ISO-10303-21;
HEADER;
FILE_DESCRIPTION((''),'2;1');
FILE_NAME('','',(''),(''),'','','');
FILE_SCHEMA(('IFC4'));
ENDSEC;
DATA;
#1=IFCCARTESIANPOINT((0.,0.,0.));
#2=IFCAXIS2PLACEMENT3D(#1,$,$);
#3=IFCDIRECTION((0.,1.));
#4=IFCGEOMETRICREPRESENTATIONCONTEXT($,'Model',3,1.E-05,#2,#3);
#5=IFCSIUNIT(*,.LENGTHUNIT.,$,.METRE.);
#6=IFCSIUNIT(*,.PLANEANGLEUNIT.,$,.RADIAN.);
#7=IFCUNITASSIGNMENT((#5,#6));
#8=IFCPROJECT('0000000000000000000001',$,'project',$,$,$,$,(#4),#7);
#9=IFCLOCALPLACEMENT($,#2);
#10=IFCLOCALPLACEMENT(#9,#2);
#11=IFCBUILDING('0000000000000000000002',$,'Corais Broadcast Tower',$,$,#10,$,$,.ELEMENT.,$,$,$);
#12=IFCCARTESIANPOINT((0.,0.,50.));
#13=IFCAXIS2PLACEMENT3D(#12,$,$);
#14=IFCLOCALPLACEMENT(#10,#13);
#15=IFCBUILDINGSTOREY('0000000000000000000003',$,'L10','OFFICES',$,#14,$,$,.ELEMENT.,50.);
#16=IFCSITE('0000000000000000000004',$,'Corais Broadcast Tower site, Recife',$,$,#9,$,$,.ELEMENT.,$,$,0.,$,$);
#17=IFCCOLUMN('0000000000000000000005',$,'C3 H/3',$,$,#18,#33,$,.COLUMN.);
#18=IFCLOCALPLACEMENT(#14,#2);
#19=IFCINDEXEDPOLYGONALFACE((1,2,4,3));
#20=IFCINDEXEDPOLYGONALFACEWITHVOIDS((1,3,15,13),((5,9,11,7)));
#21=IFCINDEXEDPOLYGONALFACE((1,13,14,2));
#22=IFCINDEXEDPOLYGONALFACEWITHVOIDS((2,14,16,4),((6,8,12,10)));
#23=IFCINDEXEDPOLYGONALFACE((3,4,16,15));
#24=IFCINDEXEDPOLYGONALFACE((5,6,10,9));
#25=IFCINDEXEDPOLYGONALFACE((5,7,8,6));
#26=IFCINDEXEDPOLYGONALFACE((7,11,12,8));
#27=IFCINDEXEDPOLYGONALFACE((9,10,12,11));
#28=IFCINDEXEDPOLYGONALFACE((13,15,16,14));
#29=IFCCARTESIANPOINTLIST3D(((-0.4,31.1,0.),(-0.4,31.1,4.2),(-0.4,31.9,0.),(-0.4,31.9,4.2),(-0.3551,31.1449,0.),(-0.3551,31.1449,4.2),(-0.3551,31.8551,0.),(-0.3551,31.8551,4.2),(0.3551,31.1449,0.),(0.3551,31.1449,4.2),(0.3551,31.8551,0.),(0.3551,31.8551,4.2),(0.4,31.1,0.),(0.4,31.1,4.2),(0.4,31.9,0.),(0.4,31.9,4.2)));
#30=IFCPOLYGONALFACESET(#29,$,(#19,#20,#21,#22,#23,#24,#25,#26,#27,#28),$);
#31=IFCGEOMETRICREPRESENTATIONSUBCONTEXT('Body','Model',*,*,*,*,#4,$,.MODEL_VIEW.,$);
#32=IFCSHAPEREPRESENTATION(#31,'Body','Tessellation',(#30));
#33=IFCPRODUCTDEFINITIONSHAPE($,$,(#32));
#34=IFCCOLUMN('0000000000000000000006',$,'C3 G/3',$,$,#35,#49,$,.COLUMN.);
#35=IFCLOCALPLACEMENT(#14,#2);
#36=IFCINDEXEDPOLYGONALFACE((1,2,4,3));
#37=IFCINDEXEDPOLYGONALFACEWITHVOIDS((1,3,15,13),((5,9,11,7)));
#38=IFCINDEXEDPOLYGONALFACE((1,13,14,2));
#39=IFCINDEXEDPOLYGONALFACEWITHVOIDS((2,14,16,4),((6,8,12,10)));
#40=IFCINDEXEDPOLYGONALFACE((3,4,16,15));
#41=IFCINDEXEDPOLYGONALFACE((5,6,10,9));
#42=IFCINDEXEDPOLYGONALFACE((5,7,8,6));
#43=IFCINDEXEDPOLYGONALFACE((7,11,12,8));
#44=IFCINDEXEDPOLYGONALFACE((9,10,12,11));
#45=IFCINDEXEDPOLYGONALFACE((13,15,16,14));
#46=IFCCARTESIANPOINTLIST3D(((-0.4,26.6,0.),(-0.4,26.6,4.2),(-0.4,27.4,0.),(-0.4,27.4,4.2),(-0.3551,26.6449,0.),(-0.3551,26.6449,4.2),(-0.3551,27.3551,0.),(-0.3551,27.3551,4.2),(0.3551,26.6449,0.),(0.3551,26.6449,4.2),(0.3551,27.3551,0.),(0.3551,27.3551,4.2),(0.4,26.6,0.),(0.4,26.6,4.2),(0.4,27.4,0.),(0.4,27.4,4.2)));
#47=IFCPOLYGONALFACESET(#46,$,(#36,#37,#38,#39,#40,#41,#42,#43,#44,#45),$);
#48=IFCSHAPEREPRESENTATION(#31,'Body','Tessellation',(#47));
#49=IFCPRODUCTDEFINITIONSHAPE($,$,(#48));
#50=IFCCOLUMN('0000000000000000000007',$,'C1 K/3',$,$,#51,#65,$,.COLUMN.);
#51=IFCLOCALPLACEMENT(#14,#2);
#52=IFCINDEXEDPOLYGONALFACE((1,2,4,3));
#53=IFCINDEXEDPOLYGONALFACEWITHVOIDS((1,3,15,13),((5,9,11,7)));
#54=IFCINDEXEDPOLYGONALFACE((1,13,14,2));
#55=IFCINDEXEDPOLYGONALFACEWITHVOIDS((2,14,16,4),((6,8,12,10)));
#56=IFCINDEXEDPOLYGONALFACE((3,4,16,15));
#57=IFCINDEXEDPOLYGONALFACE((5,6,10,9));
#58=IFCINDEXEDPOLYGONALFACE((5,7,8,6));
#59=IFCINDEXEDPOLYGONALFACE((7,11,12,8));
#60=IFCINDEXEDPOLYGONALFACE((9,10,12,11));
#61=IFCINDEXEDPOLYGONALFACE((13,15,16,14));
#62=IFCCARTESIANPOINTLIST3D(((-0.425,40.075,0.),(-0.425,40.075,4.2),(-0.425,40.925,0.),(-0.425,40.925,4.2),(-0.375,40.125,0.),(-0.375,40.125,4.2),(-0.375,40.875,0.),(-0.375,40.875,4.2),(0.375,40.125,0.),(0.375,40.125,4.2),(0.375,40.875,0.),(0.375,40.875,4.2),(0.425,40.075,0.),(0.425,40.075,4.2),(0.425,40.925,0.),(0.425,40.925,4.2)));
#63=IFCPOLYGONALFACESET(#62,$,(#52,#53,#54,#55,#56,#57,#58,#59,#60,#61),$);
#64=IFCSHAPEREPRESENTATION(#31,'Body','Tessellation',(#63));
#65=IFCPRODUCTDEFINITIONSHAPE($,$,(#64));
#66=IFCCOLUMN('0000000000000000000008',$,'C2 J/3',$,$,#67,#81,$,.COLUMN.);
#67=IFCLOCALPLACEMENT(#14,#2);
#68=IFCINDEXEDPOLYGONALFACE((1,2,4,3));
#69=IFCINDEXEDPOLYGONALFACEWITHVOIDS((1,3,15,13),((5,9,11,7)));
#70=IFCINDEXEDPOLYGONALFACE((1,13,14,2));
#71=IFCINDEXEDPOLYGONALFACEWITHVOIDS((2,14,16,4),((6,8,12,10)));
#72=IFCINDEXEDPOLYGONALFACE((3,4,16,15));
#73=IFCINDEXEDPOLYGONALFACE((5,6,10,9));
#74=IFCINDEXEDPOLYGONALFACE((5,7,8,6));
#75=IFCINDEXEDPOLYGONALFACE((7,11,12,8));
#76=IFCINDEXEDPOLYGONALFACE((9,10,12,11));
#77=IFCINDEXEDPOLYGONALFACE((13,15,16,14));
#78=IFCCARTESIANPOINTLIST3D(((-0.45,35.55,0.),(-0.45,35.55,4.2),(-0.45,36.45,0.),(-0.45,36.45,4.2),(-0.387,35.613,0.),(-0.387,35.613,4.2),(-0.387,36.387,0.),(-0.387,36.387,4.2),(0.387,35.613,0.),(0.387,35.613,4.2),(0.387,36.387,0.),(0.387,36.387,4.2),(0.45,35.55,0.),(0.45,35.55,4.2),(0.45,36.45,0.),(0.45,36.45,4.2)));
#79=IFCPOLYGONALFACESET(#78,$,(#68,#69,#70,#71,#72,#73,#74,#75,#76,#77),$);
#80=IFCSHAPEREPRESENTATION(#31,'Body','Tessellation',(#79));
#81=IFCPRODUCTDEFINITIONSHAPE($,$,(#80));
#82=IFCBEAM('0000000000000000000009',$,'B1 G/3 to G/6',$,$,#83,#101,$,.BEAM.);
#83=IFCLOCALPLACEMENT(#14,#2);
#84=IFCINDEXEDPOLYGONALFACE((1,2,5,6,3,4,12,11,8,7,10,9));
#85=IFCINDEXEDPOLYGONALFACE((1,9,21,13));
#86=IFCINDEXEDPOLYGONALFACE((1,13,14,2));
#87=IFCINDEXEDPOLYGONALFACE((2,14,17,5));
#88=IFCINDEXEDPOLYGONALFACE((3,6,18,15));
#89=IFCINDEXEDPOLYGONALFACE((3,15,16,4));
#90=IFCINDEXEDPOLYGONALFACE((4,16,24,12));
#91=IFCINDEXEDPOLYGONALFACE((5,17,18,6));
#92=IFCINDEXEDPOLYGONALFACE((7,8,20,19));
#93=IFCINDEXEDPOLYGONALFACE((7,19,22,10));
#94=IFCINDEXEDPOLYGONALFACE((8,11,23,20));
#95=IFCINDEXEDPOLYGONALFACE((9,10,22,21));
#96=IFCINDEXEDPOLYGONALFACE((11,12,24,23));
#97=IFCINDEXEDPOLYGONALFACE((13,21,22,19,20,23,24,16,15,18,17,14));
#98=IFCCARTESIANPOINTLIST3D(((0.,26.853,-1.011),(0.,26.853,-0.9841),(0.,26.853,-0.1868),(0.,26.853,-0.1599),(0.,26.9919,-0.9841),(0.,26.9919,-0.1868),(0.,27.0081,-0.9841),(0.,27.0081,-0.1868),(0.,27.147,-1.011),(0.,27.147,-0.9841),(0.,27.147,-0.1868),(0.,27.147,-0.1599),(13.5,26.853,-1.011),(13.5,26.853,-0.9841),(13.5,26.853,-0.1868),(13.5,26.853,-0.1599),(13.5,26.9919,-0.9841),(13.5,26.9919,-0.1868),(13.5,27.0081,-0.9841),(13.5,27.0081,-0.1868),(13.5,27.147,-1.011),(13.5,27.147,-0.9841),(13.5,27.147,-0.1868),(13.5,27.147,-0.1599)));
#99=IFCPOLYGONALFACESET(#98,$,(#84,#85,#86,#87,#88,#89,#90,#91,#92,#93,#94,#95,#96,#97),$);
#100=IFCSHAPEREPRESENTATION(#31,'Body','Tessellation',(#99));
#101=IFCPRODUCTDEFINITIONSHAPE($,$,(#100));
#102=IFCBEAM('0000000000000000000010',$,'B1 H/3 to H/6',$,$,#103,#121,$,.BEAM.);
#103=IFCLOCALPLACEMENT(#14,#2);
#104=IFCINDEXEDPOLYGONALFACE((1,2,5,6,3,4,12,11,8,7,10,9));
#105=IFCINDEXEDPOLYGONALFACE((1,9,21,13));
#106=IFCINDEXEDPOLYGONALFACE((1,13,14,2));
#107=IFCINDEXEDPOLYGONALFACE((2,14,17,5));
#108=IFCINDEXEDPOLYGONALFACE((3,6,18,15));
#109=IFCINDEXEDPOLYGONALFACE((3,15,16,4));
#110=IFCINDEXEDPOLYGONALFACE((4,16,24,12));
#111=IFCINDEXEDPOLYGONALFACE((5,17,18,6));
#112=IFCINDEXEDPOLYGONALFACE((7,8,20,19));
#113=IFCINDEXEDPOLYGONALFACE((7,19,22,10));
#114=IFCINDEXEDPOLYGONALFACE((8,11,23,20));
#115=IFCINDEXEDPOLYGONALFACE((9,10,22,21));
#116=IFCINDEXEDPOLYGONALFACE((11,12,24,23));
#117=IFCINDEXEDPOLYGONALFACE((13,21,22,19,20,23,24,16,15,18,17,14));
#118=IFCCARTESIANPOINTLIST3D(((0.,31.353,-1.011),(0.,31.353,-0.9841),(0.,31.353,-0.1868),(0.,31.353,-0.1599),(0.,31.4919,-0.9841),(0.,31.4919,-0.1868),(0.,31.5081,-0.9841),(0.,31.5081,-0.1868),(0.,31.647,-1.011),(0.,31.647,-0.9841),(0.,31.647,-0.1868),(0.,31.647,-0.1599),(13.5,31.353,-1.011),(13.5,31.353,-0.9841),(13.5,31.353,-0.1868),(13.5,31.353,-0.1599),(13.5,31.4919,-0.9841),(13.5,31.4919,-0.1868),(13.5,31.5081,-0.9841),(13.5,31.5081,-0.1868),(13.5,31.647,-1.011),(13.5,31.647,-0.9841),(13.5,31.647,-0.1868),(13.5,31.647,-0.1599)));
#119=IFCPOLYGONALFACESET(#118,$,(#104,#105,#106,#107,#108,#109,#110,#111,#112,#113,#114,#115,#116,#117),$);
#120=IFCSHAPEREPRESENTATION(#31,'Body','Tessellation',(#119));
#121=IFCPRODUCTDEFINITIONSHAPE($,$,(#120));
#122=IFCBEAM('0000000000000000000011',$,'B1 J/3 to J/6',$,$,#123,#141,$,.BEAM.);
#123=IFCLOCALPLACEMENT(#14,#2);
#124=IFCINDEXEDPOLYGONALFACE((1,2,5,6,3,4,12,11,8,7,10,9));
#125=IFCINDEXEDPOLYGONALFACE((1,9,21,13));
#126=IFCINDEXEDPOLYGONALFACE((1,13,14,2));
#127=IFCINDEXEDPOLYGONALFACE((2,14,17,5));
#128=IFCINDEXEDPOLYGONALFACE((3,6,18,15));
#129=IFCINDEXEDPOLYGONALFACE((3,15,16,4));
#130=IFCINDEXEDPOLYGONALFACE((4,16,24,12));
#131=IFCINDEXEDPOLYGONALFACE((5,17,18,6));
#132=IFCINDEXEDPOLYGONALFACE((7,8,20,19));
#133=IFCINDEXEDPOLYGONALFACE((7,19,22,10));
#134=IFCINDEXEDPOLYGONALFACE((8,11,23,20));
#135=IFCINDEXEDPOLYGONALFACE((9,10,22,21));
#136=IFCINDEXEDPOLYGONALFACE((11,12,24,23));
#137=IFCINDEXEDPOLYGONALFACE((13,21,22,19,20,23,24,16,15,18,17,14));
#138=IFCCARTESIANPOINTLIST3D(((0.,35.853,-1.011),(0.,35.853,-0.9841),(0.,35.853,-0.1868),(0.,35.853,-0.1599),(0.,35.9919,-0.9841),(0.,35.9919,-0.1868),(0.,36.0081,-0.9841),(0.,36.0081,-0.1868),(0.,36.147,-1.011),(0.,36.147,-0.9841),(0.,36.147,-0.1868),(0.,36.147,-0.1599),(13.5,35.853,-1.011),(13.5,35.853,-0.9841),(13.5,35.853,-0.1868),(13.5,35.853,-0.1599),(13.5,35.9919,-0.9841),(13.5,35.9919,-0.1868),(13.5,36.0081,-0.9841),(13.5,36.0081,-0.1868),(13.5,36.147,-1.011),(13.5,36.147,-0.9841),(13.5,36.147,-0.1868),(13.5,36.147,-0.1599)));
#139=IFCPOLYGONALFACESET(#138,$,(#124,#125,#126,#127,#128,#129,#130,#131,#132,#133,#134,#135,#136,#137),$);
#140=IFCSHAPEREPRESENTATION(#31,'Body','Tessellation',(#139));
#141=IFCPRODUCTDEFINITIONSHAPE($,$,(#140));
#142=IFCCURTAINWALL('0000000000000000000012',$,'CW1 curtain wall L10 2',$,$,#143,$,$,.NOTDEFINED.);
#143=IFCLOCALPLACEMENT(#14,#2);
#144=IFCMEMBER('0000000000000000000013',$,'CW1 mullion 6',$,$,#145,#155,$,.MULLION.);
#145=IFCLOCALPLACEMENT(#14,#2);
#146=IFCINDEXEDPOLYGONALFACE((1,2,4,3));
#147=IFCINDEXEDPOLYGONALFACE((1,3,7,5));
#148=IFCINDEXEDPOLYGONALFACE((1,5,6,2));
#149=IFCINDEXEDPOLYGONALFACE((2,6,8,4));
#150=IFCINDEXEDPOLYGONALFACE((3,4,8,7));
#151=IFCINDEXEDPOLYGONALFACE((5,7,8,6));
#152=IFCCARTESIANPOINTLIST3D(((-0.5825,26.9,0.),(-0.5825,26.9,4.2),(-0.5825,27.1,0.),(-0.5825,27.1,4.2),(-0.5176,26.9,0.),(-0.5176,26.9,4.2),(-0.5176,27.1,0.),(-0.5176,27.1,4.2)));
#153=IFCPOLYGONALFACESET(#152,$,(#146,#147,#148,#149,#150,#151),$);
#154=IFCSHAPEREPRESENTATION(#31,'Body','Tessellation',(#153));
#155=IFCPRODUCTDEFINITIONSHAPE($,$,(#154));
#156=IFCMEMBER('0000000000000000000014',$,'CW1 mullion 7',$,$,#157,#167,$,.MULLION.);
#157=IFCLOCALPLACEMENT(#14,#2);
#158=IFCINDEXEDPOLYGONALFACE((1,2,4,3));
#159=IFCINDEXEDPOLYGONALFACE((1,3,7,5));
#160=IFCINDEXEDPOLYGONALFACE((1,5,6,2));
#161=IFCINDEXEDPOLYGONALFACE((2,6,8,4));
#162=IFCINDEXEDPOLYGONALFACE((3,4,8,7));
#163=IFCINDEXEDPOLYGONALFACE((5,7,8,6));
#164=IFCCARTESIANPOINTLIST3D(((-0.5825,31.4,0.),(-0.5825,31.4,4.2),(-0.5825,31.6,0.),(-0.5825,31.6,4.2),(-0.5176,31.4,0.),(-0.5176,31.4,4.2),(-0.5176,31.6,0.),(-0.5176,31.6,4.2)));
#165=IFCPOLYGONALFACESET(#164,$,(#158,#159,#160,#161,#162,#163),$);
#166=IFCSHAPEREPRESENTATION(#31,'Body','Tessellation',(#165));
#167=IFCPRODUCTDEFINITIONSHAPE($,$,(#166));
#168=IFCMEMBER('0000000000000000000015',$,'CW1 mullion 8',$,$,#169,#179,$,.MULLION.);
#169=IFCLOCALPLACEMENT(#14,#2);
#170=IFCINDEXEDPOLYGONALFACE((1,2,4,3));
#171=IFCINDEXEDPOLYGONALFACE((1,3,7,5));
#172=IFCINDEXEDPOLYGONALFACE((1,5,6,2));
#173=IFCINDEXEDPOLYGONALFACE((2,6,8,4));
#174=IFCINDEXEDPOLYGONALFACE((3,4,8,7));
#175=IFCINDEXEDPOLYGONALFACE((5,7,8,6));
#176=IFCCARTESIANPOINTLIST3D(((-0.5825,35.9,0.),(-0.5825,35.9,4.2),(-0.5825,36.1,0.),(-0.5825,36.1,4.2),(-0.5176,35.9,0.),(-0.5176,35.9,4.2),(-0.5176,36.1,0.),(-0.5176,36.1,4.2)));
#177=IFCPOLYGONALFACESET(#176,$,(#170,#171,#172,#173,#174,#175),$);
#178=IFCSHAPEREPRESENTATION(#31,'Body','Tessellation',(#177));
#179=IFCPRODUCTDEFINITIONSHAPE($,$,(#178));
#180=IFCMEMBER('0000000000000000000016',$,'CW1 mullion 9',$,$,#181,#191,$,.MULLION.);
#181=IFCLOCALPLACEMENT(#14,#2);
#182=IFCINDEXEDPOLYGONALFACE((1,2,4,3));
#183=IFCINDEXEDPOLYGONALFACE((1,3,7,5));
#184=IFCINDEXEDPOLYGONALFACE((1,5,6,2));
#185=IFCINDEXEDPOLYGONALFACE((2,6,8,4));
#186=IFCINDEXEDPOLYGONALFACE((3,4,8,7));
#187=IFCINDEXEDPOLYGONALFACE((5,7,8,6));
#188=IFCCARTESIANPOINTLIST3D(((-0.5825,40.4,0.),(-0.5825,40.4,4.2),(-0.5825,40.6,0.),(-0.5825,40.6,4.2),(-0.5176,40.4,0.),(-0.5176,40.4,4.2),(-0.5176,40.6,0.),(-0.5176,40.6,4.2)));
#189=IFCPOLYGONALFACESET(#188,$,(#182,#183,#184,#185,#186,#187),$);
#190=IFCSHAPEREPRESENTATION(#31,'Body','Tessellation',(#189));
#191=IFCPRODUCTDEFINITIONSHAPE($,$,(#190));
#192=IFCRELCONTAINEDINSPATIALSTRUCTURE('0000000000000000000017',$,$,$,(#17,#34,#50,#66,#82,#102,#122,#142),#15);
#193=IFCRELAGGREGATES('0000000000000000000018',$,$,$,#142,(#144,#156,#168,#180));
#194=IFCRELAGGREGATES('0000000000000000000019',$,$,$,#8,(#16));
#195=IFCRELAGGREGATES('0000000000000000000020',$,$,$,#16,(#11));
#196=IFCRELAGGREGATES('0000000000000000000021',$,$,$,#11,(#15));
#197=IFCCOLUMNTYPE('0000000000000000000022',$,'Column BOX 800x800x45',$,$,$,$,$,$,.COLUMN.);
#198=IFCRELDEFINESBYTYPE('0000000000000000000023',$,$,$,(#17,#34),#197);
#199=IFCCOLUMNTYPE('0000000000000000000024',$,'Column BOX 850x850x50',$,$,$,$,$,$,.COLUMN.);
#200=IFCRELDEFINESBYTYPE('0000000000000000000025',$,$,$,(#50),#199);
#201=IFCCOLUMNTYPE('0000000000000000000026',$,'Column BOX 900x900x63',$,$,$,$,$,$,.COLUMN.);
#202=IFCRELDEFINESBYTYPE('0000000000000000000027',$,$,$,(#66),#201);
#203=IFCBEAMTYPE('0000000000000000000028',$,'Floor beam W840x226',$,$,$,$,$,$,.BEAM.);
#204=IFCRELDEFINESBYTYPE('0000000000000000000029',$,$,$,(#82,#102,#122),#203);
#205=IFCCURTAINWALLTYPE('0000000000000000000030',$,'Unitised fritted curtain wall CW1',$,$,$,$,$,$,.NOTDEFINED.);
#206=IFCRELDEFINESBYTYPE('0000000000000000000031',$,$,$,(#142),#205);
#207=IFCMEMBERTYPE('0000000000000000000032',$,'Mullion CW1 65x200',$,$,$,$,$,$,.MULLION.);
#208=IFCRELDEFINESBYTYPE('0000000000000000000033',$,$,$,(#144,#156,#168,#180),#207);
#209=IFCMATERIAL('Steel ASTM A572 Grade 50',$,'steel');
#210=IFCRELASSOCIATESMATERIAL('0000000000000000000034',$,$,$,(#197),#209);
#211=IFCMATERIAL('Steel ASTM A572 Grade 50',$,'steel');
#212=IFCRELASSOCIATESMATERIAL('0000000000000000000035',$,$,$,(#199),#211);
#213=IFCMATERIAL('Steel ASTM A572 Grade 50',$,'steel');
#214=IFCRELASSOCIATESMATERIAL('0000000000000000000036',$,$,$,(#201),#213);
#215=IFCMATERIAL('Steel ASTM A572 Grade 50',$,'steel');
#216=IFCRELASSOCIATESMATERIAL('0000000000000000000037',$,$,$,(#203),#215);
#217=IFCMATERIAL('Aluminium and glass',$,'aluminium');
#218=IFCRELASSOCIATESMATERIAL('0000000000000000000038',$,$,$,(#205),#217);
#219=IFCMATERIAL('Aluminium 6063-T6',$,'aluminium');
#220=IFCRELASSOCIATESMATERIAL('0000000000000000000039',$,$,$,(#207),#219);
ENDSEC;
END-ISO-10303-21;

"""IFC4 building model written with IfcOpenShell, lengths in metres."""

from ifc_helpers import new_model, si_unit, direction, frame, origin, origin_2d, place, context, subcontext, project, spatial, rectangle, hollow_rectangle, i_section, extrude, material, material_profile, profile_set, type_object, element, aggregate, save


model = new_model("IFC4")

# Units and contexts
model_context = context("Model", 3, precision=1e-05, world=origin(), true_north=direction((0.0, 1.0)))
body_context = subcontext(model_context, "Body", "Model", "MODEL_VIEW")
ifc_project = project(units=[si_unit("LENGTHUNIT", "METRE"), si_unit("PLANEANGLEUNIT", "RADIAN")], contexts=[model_context])

# Site, building, storey
site_placement = place(None, origin())
site = spatial("IfcSite", under=ifc_project, at=site_placement, Name="Corais Broadcast Tower site, Recife", CompositionType="ELEMENT", RefElevation=0.0)
building_placement = place(site_placement, origin())
building = spatial("IfcBuilding", under=site, at=building_placement, Name="Corais Broadcast Tower", CompositionType="ELEMENT")
storey_placement = place(building_placement, frame((0.0, 0.0, 50.0)))
storey = spatial("IfcBuildingStorey", under=building, at=storey_placement, Name="L10", Description="OFFICES", CompositionType="ELEMENT", Elevation=50.0)

# Columns
ifc_material_1 = material(Name="Steel ASTM A572 Grade 50", Category="steel")
ifc_material_profile_1 = material_profile(ifc_material_1, hollow_rectangle(XDim=0.8, YDim=0.8, WallThickness=0.0449, at=origin_2d()), Name="BOX 800x800x45")
ifc_profile_set_1 = profile_set([ifc_material_profile_1], Name="Steel ASTM A572 Grade 50")
column_type_1 = type_object("IfcColumnType", Name="Column BOX 800x800x45", PredefinedType="COLUMN", material=ifc_profile_set_1)
for number, where, z_axis, x_axis, name in (
    (1, (0.0, 31.5, 0.0), (0.0, 0.0, 1.0), (1.0, 0.0, 0.0), "C3 H/3"),
    (2, (0.0, 27.0, 0.0), (0.0, 0.0, 1.0), (1.0, 0.0, 0.0), "C3 G/3"),
):
    element("IfcColumn", number, at=place(storey_placement, frame(where, z_axis=z_axis, x_axis=x_axis)), inside=storey, type_object=column_type_1, Name=name, PredefinedType="COLUMN", context=body_context, shape_type="SweptSolid", body=[
        extrude(hollow_rectangle(XDim=0.8, YDim=0.8, WallThickness=0.0449, at=origin_2d()), origin(), (0.0, 0.0, 1.0), 4.2),
    ])
ifc_material_2 = material(Name="Steel ASTM A572 Grade 50", Category="steel")
ifc_material_profile_2 = material_profile(ifc_material_2, hollow_rectangle(XDim=0.8501, YDim=0.8501, WallThickness=0.05, at=origin_2d()), Name="BOX 850x850x50")
ifc_profile_set_2 = profile_set([ifc_material_profile_2], Name="Steel ASTM A572 Grade 50")
column_type_2 = type_object("IfcColumnType", Name="Column BOX 850x850x50", PredefinedType="COLUMN", material=ifc_profile_set_2)
column_1_placement = place(storey_placement, frame((0.0, 40.5, 0.0), z_axis=(0.0, 0.0, 1.0), x_axis=(1.0, 0.0, 0.0)))
element("IfcColumn", 3, at=column_1_placement, inside=storey, type_object=column_type_2, Name="C1 K/3", PredefinedType="COLUMN", context=body_context, shape_type="SweptSolid", body=[
    extrude(hollow_rectangle(XDim=0.8501, YDim=0.8501, WallThickness=0.05, at=origin_2d()), origin(), (0.0, 0.0, 1.0), 4.2),
])
ifc_material_3 = material(Name="Steel ASTM A572 Grade 50", Category="steel")
ifc_material_profile_3 = material_profile(ifc_material_3, hollow_rectangle(XDim=0.8999, YDim=0.8999, WallThickness=0.063, at=origin_2d()), Name="BOX 900x900x63")
ifc_profile_set_3 = profile_set([ifc_material_profile_3], Name="Steel ASTM A572 Grade 50")
column_type_3 = type_object("IfcColumnType", Name="Column BOX 900x900x63", PredefinedType="COLUMN", material=ifc_profile_set_3)
column_2_placement = place(storey_placement, frame((0.0, 36.0, 0.0), z_axis=(0.0, 0.0, 1.0), x_axis=(1.0, 0.0, 0.0)))
element("IfcColumn", 4, at=column_2_placement, inside=storey, type_object=column_type_3, Name="C2 J/3", PredefinedType="COLUMN", context=body_context, shape_type="SweptSolid", body=[
    extrude(hollow_rectangle(XDim=0.8999, YDim=0.8999, WallThickness=0.063, at=origin_2d()), origin(), (0.0, 0.0, 1.0), 4.2),
])

# Beams
ifc_material_4 = material(Name="Steel ASTM A572 Grade 50", Category="steel")
ifc_material_profile_4 = material_profile(ifc_material_4, i_section(OverallWidth=0.2939, OverallDepth=0.8511, WebThickness=0.0161, FlangeThickness=0.0269, at=origin_2d()), Name="W840x226")
ifc_profile_set_4 = profile_set([ifc_material_profile_4], Name="Steel ASTM A572 Grade 50")
beam_type_1 = type_object("IfcBeamType", Name="Floor beam W840x226", PredefinedType="BEAM", material=ifc_profile_set_4)
for number, where, z_axis, x_axis, name in (
    (5, (0.0, 27.0, -0.5854), (1.0, 0.0, 0.0), (0.0, 1.0, 0.0), "B1 G/3 to G/6"),
    (6, (0.0, 31.5, -0.5854), (1.0, 0.0, 0.0), (0.0, 1.0, 0.0), "B1 H/3 to H/6"),
    (7, (0.0, 36.0, -0.5854), (1.0, 0.0, 0.0), (0.0, 1.0, 0.0), "B1 J/3 to J/6"),
):
    element("IfcBeam", number, at=place(storey_placement, frame(where, z_axis=z_axis, x_axis=x_axis)), inside=storey, type_object=beam_type_1, Name=name, PredefinedType="BEAM", context=body_context, shape_type="SweptSolid", body=[
        extrude(i_section(OverallWidth=0.2939, OverallDepth=0.8511, WebThickness=0.0161, FlangeThickness=0.0269, at=origin_2d()), origin(), (0.0, 0.0, 1.0), 13.5),
    ])

# Curtain wall, members
ifc_material_5 = material(Name="Aluminium and glass", Category="aluminium")
curtain_wall_type = type_object("IfcCurtainWallType", Name="Unitised fritted curtain wall CW1", PredefinedType="NOTDEFINED", material=ifc_material_5)
curtain_wall_placement = place(storey_placement, origin())
curtain_wall = element("IfcCurtainWall", 8, at=curtain_wall_placement, inside=storey, type_object=curtain_wall_type, Name="CW1 curtain wall L10 2", PredefinedType="NOTDEFINED")
ifc_material_6 = material(Name="Aluminium 6063-T6", Category="aluminium")
ifc_material_profile_5 = material_profile(ifc_material_6, rectangle(XDim=0.0649, YDim=0.2, at=origin_2d()), Name="Mullion CW1 65x200")
ifc_profile_set_5 = profile_set([ifc_material_profile_5], Name="Aluminium 6063-T6")
member_type_1 = type_object("IfcMemberType", Name="Mullion CW1 65x200", PredefinedType="MULLION", material=ifc_profile_set_5)
member_1_placement = place(storey_placement, frame((-0.55, 27.0, 0.0), z_axis=(0.0, 0.0, 1.0), x_axis=(-1.0, 0.0, 0.0)))
member_1 = element("IfcMember", 9, at=member_1_placement, type_object=member_type_1, Name="CW1 mullion 6", PredefinedType="MULLION", context=body_context, shape_type="SweptSolid", body=[
    extrude(rectangle(XDim=0.0649, YDim=0.2, at=origin_2d()), origin(), (0.0, 0.0, 1.0), 4.2),
])
member_2_placement = place(storey_placement, frame((-0.55, 31.5, 0.0), z_axis=(0.0, 0.0, 1.0), x_axis=(-1.0, 0.0, 0.0)))
member_2 = element("IfcMember", 10, at=member_2_placement, type_object=member_type_1, Name="CW1 mullion 7", PredefinedType="MULLION", context=body_context, shape_type="SweptSolid", body=[
    extrude(rectangle(XDim=0.0649, YDim=0.2, at=origin_2d()), origin(), (0.0, 0.0, 1.0), 4.2),
])
member_3_placement = place(storey_placement, frame((-0.55, 36.0, 0.0), z_axis=(0.0, 0.0, 1.0), x_axis=(-1.0, 0.0, 0.0)))
member_3 = element("IfcMember", 11, at=member_3_placement, type_object=member_type_1, Name="CW1 mullion 8", PredefinedType="MULLION", context=body_context, shape_type="SweptSolid", body=[
    extrude(rectangle(XDim=0.0649, YDim=0.2, at=origin_2d()), origin(), (0.0, 0.0, 1.0), 4.2),
])
member_4_placement = place(storey_placement, frame((-0.55, 40.5, 0.0), z_axis=(0.0, 0.0, 1.0), x_axis=(-1.0, 0.0, 0.0)))
member_4 = element("IfcMember", 12, at=member_4_placement, type_object=member_type_1, Name="CW1 mullion 9", PredefinedType="MULLION", context=body_context, shape_type="SweptSolid", body=[
    extrude(rectangle(XDim=0.0649, YDim=0.2, at=origin_2d()), origin(), (0.0, 0.0, 1.0), 4.2),
])

aggregate(curtain_wall, [member_1, member_2, member_3, member_4])

save(model, "model.ifc")
